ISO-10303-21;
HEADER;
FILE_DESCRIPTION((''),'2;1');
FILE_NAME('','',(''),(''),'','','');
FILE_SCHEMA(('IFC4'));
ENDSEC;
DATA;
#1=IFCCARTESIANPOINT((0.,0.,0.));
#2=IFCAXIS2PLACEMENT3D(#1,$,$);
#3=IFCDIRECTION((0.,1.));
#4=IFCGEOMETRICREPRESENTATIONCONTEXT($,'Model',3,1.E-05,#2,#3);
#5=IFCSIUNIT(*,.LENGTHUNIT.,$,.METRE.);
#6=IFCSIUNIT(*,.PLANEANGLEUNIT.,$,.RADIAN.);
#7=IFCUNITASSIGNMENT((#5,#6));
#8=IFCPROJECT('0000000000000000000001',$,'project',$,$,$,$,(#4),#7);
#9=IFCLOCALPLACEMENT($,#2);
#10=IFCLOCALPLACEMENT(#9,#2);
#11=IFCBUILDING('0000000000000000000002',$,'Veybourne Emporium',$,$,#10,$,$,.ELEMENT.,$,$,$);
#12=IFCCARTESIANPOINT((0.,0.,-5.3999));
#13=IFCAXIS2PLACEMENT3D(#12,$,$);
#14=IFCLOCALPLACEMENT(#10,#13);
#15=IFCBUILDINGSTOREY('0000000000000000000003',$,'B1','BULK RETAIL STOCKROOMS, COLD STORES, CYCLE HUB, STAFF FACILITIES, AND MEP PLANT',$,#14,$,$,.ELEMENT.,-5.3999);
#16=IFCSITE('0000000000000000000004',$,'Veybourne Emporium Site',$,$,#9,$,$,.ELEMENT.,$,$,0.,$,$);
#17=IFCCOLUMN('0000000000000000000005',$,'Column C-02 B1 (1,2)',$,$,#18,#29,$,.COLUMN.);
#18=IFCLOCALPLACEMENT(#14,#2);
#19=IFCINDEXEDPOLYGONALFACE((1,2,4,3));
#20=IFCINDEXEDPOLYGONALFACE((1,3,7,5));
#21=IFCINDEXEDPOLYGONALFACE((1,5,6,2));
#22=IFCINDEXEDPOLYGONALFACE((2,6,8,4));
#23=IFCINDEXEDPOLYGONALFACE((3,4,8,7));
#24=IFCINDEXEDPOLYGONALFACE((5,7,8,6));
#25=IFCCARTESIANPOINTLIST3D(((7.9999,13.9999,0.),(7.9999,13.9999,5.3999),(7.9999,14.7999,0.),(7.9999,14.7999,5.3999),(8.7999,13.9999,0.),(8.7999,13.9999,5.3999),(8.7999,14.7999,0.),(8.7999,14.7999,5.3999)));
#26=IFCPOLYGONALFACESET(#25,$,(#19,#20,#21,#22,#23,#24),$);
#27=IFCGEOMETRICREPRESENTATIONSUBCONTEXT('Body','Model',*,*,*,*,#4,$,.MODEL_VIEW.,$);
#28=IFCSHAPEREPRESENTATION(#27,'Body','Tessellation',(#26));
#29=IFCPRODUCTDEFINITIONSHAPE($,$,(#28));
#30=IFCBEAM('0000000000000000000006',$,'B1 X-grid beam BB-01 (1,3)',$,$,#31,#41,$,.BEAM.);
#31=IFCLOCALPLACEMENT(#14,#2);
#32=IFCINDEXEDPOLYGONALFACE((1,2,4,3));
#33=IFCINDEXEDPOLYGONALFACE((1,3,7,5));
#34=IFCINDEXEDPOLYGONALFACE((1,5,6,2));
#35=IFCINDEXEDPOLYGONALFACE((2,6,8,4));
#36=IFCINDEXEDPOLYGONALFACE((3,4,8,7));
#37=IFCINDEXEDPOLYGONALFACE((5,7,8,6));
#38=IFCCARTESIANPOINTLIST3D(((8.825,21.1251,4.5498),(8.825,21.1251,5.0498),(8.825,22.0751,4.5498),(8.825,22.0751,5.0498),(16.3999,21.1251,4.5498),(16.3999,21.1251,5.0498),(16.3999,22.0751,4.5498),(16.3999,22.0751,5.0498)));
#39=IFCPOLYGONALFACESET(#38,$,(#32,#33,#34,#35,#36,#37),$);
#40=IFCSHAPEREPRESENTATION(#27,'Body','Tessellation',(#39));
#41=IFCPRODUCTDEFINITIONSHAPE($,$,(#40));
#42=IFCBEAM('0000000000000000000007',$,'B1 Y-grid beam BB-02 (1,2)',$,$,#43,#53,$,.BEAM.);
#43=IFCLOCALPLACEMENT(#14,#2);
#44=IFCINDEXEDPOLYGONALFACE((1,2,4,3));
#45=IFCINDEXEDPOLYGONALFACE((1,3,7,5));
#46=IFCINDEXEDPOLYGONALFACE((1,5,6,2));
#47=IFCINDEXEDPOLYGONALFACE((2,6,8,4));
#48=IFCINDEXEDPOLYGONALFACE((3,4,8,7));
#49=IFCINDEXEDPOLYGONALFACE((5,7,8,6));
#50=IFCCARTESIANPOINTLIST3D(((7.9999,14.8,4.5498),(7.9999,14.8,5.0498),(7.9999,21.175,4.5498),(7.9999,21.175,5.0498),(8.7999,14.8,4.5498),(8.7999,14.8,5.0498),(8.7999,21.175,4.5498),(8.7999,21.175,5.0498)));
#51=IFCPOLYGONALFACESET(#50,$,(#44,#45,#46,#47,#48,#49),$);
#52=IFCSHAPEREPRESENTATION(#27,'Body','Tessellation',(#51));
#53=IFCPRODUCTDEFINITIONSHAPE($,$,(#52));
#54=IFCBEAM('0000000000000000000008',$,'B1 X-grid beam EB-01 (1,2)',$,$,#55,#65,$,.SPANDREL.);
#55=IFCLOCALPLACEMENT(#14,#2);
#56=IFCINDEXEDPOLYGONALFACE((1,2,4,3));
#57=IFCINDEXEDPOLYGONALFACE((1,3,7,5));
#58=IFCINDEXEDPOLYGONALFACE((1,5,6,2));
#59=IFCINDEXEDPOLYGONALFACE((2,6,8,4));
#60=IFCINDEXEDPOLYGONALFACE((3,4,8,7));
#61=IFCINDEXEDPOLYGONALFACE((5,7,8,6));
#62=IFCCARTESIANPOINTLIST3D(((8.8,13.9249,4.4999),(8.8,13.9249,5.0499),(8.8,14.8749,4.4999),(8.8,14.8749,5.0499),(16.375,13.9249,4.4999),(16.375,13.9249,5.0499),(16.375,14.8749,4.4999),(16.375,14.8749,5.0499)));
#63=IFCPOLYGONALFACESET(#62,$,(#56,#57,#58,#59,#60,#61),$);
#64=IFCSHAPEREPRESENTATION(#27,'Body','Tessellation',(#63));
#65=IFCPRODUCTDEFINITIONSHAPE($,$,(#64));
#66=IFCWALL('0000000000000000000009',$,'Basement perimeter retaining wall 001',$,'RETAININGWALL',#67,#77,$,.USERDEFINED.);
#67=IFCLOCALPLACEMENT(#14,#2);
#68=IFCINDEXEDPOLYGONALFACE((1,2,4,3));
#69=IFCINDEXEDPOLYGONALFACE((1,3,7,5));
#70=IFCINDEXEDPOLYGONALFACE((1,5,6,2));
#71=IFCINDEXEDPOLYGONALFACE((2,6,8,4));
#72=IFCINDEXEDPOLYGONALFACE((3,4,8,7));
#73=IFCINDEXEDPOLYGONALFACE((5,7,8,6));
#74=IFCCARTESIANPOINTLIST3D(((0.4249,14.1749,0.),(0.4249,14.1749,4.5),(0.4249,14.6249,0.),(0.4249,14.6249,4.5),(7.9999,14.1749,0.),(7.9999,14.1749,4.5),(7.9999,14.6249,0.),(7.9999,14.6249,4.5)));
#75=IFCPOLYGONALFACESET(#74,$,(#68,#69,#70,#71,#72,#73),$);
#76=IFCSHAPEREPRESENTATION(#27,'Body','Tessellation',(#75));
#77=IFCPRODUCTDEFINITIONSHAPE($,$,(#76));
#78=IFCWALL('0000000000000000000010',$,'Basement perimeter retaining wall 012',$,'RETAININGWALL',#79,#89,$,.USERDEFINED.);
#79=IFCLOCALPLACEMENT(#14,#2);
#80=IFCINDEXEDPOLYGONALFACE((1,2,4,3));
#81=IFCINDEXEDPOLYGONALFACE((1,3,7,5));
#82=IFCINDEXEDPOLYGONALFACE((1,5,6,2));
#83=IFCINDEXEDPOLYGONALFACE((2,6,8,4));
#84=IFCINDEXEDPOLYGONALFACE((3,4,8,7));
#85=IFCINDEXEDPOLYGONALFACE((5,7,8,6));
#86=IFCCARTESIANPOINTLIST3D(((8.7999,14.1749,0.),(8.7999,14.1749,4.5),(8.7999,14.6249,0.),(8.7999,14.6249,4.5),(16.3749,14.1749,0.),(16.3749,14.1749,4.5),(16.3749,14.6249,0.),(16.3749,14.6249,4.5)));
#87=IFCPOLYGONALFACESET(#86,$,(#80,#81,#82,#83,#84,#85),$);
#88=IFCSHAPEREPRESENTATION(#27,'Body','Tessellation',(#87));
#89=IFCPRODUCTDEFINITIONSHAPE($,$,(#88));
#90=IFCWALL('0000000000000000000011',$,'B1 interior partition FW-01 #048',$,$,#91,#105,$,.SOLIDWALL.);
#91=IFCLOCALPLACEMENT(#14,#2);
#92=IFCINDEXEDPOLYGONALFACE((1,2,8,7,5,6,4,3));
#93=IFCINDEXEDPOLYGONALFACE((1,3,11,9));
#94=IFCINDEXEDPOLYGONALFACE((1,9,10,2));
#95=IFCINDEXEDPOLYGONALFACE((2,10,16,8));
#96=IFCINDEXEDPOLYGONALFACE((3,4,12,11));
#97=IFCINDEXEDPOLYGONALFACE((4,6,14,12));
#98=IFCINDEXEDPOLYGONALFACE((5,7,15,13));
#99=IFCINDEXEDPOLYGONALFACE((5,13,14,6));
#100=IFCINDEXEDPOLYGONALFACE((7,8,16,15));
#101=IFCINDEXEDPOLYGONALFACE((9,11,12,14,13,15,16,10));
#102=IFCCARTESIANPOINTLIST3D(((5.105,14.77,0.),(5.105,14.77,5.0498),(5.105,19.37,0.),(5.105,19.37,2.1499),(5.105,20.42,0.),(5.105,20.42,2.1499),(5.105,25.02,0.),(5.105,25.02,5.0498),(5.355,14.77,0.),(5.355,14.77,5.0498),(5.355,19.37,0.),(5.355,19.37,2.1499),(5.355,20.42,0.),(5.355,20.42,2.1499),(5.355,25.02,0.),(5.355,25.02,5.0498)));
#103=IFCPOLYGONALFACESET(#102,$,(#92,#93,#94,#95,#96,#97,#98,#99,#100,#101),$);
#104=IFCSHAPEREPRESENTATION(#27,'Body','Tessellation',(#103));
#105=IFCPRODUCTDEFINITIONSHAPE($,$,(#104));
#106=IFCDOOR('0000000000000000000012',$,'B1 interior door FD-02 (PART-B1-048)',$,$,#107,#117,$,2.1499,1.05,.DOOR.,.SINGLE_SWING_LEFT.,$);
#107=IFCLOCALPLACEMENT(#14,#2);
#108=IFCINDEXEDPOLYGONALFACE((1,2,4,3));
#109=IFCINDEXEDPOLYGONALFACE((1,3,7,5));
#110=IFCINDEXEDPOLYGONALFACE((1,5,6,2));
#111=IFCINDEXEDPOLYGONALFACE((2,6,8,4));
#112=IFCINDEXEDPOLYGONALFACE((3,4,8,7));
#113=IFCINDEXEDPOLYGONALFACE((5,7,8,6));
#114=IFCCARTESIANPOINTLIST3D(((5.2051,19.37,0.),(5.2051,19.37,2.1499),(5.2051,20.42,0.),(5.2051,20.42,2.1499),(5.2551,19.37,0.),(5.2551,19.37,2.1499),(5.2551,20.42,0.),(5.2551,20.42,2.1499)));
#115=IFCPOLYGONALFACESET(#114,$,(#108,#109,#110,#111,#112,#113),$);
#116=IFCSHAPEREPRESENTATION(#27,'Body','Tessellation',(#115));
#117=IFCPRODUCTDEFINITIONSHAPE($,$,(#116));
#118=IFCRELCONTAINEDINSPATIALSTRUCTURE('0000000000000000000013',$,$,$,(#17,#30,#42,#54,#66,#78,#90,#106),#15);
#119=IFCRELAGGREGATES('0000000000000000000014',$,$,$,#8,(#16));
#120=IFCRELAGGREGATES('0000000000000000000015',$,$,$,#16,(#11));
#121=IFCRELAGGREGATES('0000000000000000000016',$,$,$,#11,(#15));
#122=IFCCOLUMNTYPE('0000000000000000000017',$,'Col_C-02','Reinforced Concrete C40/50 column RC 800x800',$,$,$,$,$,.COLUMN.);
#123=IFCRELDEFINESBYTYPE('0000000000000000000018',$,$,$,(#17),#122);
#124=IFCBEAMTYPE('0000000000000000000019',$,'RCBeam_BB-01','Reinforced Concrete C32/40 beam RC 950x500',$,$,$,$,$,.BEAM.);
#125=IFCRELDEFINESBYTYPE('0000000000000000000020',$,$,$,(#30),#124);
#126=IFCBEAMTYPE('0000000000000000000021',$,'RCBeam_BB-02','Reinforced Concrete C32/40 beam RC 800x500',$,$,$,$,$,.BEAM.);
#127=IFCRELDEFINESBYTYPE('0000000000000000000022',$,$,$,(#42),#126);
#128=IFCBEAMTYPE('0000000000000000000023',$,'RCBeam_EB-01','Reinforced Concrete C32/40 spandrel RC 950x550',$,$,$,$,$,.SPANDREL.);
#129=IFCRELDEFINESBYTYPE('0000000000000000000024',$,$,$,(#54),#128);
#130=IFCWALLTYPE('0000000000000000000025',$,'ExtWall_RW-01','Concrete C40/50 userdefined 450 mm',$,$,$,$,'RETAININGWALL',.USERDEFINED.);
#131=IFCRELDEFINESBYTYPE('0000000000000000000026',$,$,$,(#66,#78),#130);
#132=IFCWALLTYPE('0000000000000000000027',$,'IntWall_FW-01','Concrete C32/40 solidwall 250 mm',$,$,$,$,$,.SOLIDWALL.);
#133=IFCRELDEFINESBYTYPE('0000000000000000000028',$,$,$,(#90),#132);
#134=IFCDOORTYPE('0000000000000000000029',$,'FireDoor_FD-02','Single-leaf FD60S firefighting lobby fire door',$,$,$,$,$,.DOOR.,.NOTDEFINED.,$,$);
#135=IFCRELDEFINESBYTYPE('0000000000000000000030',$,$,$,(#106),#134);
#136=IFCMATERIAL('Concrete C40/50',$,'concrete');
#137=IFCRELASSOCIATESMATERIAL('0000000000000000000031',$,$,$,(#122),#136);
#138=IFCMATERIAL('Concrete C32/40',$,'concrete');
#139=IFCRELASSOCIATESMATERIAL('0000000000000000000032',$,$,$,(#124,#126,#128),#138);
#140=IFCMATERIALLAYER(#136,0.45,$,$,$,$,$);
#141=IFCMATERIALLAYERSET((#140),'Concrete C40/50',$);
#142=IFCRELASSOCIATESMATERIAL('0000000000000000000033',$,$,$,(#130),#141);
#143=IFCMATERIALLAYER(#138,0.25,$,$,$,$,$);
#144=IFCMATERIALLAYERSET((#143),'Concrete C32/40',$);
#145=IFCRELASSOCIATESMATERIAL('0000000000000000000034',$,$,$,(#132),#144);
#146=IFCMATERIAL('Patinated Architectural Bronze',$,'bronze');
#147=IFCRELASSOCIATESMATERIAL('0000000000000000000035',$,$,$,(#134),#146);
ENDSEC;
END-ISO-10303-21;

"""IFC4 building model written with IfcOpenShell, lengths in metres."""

from ifc_helpers import new_model, si_unit, direction, frame, frame_2d, origin, origin_2d, place, context, subcontext, project, spatial, rectangle, extrude, material, layer, layer_set, material_profile, profile_set, type_object, element, fill, save


model = new_model("IFC4")

# Units and contexts
model_context = context("Model", 3, precision=1e-05, world=origin(), true_north=direction((0.0, 1.0)))
body_context = subcontext(model_context, "Body", "Model", "MODEL_VIEW")
ifc_project = project(units=[si_unit("LENGTHUNIT", "METRE"), si_unit("PLANEANGLEUNIT", "RADIAN")], contexts=[model_context])

# Site, building, storey
site_placement = place(None, origin())
site = spatial("IfcSite", under=ifc_project, at=site_placement, Name="Veybourne Emporium Site", CompositionType="ELEMENT", RefElevation=0.0)
building_placement = place(site_placement, origin())
building = spatial("IfcBuilding", under=site, at=building_placement, Name="Veybourne Emporium", CompositionType="ELEMENT")
storey_placement = place(building_placement, frame((0.0, 0.0, -5.3999)))
storey = spatial("IfcBuildingStorey", under=building, at=storey_placement, Name="B1", Description="BULK RETAIL STOCKROOMS, COLD STORES, CYCLE HUB, STAFF FACILITIES, AND MEP PLANT", CompositionType="ELEMENT", Elevation=-5.3999)

# Column
ifc_material_1 = material(Name="Concrete C40/50", Category="concrete")
ifc_material_profile_1 = material_profile(ifc_material_1, rectangle(XDim=0.8, YDim=0.8, at=origin_2d()), Name="RC 800x800")
ifc_profile_set_1 = profile_set([ifc_material_profile_1], Name="Concrete C40/50")
column_type_1 = type_object("IfcColumnType", Name="Col_C-02", Description="Reinforced Concrete C40/50 column RC 800x800", PredefinedType="COLUMN", material=ifc_profile_set_1)
column_1_placement = place(storey_placement, frame((8.3999, 14.3999, 0.0), z_axis=(0.0, 0.0, 1.0), x_axis=(1.0, 0.0, 0.0)))
element("IfcColumn", 1, at=column_1_placement, inside=storey, type_object=column_type_1, Name="Column C-02 B1 (1,2)", PredefinedType="COLUMN", context=body_context, shape_type="SweptSolid", body=[
    extrude(rectangle(XDim=0.8, YDim=0.8, at=origin_2d()), origin(), (0.0, 0.0, 1.0), 5.3999),
])

# Beams
ifc_material_2 = material(Name="Concrete C32/40", Category="concrete")
ifc_material_profile_2 = material_profile(ifc_material_2, rectangle(XDim=0.95, YDim=0.5, at=origin_2d()), Name="RC 950x500")
ifc_profile_set_2 = profile_set([ifc_material_profile_2], Name="Concrete C32/40")
beam_type_1 = type_object("IfcBeamType", Name="RCBeam_BB-01", Description="Reinforced Concrete C32/40 beam RC 950x500", PredefinedType="BEAM", material=ifc_profile_set_2)
beam_1_placement = place(storey_placement, frame((8.825, 21.6001, 4.7998), z_axis=(1.0, 0.0, 0.0), x_axis=(0.0, 1.0, 0.0)))
element("IfcBeam", 2, at=beam_1_placement, inside=storey, type_object=beam_type_1, Name="B1 X-grid beam BB-01 (1,3)", PredefinedType="BEAM", context=body_context, shape_type="SweptSolid", body=[
    extrude(rectangle(XDim=0.95, YDim=0.5, at=origin_2d()), origin(), (0.0, 0.0, 1.0), 7.575),
])
ifc_material_profile_3 = material_profile(ifc_material_2, rectangle(XDim=0.8, YDim=0.5, at=origin_2d()), Name="RC 800x500")
ifc_profile_set_3 = profile_set([ifc_material_profile_3], Name="Concrete C32/40")
beam_type_2 = type_object("IfcBeamType", Name="RCBeam_BB-02", Description="Reinforced Concrete C32/40 beam RC 800x500", PredefinedType="BEAM", material=ifc_profile_set_3)
beam_2_placement = place(storey_placement, frame((8.3999, 14.8, 4.7998), z_axis=(0.0, 1.0, 0.0), x_axis=(-1.0, 0.0, 0.0)))
element("IfcBeam", 3, at=beam_2_placement, inside=storey, type_object=beam_type_2, Name="B1 Y-grid beam BB-02 (1,2)", PredefinedType="BEAM", context=body_context, shape_type="SweptSolid", body=[
    extrude(rectangle(XDim=0.8, YDim=0.5, at=origin_2d()), origin(), (0.0, 0.0, 1.0), 6.375),
])
ifc_material_profile_4 = material_profile(ifc_material_2, rectangle(XDim=0.95, YDim=0.55, at=origin_2d()), Name="RC 950x550")
ifc_profile_set_4 = profile_set([ifc_material_profile_4], Name="Concrete C32/40")
beam_type_3 = type_object("IfcBeamType", Name="RCBeam_EB-01", Description="Reinforced Concrete C32/40 spandrel RC 950x550", PredefinedType="SPANDREL", material=ifc_profile_set_4)
beam_3_placement = place(storey_placement, frame((8.8, 14.3999, 4.7749), z_axis=(1.0, 0.0, 0.0), x_axis=(0.0, 1.0, 0.0)))
element("IfcBeam", 4, at=beam_3_placement, inside=storey, type_object=beam_type_3, Name="B1 X-grid beam EB-01 (1,2)", PredefinedType="SPANDREL", context=body_context, shape_type="SweptSolid", body=[
    extrude(rectangle(XDim=0.95, YDim=0.55, at=origin_2d()), origin(), (0.0, 0.0, 1.0), 7.575),
])

# Walls
ifc_layer_1 = layer(ifc_material_1, 0.45)
ifc_layer_set_1 = layer_set([ifc_layer_1], Name="Concrete C40/50")
wall_type_1 = type_object("IfcWallType", Name="ExtWall_RW-01", Description="Concrete C40/50 userdefined 450 mm", ElementType="RETAININGWALL", PredefinedType="USERDEFINED", material=ifc_layer_set_1)
for number, where, z_axis, x_axis, name in (
    (5, (8.0, 14.3999, 0.0), (0.0, 0.0, 1.0), (-1.0, 0.0, 0.0), "Basement perimeter retaining wall 001"),
    (6, (16.375, 14.3999, 0.0), (0.0, 0.0, 1.0), (-1.0, 0.0, 0.0), "Basement perimeter retaining wall 012"),
):
    element("IfcWall", number, at=place(storey_placement, frame(where, z_axis=z_axis, x_axis=x_axis)), inside=storey, type_object=wall_type_1, Name=name, ObjectType="RETAININGWALL", PredefinedType="USERDEFINED", context=body_context, shape_type="SweptSolid", body=[
        extrude(rectangle(XDim=7.575, YDim=0.45, at=frame_2d((3.7876, 0.0))), origin(), (0.0, 0.0, 1.0), 4.5),
    ])

# Wall, opening, door
ifc_layer_2 = layer(ifc_material_2, 0.25)
ifc_layer_set_2 = layer_set([ifc_layer_2], Name="Concrete C32/40")
wall_type_2 = type_object("IfcWallType", Name="IntWall_FW-01", Description="Concrete C32/40 solidwall 250 mm", PredefinedType="SOLIDWALL", material=ifc_layer_set_2)
wall_placement = place(storey_placement, frame((5.23, 14.77, 0.0), z_axis=(0.0, 0.0, 1.0), x_axis=(0.0, 1.0, 0.0)))
wall = element("IfcWall", 7, at=wall_placement, inside=storey, type_object=wall_type_2, Name="B1 interior partition FW-01 #048", PredefinedType="SOLIDWALL", context=body_context, shape_type="SweptSolid", body=[
    extrude(rectangle(XDim=10.25, YDim=0.25, at=frame_2d((5.125, 0.0))), origin(), (0.0, 0.0, 1.0), 5.0498),
])
opening_placement = place(wall_placement, frame((4.6001, 0.0, 0.0)))
opening = element("IfcOpeningElement", 8, at=opening_placement, cuts=wall, PredefinedType="OPENING", context=body_context, shape_type="SweptSolid", body=[
    extrude(rectangle(XDim=1.05, YDim=2.1499, at=frame_2d((0.5249, 1.075))), frame((0.0, 0.145, 0.0), z_axis=(0.0, -1.0, 0.0), x_axis=(1.0, 0.0, 0.0)), (0.0, 0.0, 1.0), 0.29),
])
ifc_material_3 = material(Name="Patinated Architectural Bronze", Category="bronze")
door_type = type_object("IfcDoorType", Name="FireDoor_FD-02", Description="Single-leaf FD60S firefighting lobby fire door", OperationType="NOTDEFINED", PredefinedType="DOOR", material=ifc_material_3)
door_placement = place(opening_placement, origin())
door = element("IfcDoor", 9, at=door_placement, inside=storey, type_object=door_type, Name="B1 interior door FD-02 (PART-B1-048)", OperationType="SINGLE_SWING_LEFT", OverallHeight=2.1499, OverallWidth=1.05, PredefinedType="DOOR", context=body_context, shape_type="SweptSolid", body=[
    extrude(rectangle(XDim=1.05, YDim=2.1499, at=frame_2d((0.5249, 1.075))), frame((0.0, 0.0249, 0.0), z_axis=(0.0, -1.0, 0.0), x_axis=(1.0, 0.0, 0.0)), (0.0, 0.0, 1.0), 0.05),
])
fill(opening, door)

save(model, "model.ifc")
